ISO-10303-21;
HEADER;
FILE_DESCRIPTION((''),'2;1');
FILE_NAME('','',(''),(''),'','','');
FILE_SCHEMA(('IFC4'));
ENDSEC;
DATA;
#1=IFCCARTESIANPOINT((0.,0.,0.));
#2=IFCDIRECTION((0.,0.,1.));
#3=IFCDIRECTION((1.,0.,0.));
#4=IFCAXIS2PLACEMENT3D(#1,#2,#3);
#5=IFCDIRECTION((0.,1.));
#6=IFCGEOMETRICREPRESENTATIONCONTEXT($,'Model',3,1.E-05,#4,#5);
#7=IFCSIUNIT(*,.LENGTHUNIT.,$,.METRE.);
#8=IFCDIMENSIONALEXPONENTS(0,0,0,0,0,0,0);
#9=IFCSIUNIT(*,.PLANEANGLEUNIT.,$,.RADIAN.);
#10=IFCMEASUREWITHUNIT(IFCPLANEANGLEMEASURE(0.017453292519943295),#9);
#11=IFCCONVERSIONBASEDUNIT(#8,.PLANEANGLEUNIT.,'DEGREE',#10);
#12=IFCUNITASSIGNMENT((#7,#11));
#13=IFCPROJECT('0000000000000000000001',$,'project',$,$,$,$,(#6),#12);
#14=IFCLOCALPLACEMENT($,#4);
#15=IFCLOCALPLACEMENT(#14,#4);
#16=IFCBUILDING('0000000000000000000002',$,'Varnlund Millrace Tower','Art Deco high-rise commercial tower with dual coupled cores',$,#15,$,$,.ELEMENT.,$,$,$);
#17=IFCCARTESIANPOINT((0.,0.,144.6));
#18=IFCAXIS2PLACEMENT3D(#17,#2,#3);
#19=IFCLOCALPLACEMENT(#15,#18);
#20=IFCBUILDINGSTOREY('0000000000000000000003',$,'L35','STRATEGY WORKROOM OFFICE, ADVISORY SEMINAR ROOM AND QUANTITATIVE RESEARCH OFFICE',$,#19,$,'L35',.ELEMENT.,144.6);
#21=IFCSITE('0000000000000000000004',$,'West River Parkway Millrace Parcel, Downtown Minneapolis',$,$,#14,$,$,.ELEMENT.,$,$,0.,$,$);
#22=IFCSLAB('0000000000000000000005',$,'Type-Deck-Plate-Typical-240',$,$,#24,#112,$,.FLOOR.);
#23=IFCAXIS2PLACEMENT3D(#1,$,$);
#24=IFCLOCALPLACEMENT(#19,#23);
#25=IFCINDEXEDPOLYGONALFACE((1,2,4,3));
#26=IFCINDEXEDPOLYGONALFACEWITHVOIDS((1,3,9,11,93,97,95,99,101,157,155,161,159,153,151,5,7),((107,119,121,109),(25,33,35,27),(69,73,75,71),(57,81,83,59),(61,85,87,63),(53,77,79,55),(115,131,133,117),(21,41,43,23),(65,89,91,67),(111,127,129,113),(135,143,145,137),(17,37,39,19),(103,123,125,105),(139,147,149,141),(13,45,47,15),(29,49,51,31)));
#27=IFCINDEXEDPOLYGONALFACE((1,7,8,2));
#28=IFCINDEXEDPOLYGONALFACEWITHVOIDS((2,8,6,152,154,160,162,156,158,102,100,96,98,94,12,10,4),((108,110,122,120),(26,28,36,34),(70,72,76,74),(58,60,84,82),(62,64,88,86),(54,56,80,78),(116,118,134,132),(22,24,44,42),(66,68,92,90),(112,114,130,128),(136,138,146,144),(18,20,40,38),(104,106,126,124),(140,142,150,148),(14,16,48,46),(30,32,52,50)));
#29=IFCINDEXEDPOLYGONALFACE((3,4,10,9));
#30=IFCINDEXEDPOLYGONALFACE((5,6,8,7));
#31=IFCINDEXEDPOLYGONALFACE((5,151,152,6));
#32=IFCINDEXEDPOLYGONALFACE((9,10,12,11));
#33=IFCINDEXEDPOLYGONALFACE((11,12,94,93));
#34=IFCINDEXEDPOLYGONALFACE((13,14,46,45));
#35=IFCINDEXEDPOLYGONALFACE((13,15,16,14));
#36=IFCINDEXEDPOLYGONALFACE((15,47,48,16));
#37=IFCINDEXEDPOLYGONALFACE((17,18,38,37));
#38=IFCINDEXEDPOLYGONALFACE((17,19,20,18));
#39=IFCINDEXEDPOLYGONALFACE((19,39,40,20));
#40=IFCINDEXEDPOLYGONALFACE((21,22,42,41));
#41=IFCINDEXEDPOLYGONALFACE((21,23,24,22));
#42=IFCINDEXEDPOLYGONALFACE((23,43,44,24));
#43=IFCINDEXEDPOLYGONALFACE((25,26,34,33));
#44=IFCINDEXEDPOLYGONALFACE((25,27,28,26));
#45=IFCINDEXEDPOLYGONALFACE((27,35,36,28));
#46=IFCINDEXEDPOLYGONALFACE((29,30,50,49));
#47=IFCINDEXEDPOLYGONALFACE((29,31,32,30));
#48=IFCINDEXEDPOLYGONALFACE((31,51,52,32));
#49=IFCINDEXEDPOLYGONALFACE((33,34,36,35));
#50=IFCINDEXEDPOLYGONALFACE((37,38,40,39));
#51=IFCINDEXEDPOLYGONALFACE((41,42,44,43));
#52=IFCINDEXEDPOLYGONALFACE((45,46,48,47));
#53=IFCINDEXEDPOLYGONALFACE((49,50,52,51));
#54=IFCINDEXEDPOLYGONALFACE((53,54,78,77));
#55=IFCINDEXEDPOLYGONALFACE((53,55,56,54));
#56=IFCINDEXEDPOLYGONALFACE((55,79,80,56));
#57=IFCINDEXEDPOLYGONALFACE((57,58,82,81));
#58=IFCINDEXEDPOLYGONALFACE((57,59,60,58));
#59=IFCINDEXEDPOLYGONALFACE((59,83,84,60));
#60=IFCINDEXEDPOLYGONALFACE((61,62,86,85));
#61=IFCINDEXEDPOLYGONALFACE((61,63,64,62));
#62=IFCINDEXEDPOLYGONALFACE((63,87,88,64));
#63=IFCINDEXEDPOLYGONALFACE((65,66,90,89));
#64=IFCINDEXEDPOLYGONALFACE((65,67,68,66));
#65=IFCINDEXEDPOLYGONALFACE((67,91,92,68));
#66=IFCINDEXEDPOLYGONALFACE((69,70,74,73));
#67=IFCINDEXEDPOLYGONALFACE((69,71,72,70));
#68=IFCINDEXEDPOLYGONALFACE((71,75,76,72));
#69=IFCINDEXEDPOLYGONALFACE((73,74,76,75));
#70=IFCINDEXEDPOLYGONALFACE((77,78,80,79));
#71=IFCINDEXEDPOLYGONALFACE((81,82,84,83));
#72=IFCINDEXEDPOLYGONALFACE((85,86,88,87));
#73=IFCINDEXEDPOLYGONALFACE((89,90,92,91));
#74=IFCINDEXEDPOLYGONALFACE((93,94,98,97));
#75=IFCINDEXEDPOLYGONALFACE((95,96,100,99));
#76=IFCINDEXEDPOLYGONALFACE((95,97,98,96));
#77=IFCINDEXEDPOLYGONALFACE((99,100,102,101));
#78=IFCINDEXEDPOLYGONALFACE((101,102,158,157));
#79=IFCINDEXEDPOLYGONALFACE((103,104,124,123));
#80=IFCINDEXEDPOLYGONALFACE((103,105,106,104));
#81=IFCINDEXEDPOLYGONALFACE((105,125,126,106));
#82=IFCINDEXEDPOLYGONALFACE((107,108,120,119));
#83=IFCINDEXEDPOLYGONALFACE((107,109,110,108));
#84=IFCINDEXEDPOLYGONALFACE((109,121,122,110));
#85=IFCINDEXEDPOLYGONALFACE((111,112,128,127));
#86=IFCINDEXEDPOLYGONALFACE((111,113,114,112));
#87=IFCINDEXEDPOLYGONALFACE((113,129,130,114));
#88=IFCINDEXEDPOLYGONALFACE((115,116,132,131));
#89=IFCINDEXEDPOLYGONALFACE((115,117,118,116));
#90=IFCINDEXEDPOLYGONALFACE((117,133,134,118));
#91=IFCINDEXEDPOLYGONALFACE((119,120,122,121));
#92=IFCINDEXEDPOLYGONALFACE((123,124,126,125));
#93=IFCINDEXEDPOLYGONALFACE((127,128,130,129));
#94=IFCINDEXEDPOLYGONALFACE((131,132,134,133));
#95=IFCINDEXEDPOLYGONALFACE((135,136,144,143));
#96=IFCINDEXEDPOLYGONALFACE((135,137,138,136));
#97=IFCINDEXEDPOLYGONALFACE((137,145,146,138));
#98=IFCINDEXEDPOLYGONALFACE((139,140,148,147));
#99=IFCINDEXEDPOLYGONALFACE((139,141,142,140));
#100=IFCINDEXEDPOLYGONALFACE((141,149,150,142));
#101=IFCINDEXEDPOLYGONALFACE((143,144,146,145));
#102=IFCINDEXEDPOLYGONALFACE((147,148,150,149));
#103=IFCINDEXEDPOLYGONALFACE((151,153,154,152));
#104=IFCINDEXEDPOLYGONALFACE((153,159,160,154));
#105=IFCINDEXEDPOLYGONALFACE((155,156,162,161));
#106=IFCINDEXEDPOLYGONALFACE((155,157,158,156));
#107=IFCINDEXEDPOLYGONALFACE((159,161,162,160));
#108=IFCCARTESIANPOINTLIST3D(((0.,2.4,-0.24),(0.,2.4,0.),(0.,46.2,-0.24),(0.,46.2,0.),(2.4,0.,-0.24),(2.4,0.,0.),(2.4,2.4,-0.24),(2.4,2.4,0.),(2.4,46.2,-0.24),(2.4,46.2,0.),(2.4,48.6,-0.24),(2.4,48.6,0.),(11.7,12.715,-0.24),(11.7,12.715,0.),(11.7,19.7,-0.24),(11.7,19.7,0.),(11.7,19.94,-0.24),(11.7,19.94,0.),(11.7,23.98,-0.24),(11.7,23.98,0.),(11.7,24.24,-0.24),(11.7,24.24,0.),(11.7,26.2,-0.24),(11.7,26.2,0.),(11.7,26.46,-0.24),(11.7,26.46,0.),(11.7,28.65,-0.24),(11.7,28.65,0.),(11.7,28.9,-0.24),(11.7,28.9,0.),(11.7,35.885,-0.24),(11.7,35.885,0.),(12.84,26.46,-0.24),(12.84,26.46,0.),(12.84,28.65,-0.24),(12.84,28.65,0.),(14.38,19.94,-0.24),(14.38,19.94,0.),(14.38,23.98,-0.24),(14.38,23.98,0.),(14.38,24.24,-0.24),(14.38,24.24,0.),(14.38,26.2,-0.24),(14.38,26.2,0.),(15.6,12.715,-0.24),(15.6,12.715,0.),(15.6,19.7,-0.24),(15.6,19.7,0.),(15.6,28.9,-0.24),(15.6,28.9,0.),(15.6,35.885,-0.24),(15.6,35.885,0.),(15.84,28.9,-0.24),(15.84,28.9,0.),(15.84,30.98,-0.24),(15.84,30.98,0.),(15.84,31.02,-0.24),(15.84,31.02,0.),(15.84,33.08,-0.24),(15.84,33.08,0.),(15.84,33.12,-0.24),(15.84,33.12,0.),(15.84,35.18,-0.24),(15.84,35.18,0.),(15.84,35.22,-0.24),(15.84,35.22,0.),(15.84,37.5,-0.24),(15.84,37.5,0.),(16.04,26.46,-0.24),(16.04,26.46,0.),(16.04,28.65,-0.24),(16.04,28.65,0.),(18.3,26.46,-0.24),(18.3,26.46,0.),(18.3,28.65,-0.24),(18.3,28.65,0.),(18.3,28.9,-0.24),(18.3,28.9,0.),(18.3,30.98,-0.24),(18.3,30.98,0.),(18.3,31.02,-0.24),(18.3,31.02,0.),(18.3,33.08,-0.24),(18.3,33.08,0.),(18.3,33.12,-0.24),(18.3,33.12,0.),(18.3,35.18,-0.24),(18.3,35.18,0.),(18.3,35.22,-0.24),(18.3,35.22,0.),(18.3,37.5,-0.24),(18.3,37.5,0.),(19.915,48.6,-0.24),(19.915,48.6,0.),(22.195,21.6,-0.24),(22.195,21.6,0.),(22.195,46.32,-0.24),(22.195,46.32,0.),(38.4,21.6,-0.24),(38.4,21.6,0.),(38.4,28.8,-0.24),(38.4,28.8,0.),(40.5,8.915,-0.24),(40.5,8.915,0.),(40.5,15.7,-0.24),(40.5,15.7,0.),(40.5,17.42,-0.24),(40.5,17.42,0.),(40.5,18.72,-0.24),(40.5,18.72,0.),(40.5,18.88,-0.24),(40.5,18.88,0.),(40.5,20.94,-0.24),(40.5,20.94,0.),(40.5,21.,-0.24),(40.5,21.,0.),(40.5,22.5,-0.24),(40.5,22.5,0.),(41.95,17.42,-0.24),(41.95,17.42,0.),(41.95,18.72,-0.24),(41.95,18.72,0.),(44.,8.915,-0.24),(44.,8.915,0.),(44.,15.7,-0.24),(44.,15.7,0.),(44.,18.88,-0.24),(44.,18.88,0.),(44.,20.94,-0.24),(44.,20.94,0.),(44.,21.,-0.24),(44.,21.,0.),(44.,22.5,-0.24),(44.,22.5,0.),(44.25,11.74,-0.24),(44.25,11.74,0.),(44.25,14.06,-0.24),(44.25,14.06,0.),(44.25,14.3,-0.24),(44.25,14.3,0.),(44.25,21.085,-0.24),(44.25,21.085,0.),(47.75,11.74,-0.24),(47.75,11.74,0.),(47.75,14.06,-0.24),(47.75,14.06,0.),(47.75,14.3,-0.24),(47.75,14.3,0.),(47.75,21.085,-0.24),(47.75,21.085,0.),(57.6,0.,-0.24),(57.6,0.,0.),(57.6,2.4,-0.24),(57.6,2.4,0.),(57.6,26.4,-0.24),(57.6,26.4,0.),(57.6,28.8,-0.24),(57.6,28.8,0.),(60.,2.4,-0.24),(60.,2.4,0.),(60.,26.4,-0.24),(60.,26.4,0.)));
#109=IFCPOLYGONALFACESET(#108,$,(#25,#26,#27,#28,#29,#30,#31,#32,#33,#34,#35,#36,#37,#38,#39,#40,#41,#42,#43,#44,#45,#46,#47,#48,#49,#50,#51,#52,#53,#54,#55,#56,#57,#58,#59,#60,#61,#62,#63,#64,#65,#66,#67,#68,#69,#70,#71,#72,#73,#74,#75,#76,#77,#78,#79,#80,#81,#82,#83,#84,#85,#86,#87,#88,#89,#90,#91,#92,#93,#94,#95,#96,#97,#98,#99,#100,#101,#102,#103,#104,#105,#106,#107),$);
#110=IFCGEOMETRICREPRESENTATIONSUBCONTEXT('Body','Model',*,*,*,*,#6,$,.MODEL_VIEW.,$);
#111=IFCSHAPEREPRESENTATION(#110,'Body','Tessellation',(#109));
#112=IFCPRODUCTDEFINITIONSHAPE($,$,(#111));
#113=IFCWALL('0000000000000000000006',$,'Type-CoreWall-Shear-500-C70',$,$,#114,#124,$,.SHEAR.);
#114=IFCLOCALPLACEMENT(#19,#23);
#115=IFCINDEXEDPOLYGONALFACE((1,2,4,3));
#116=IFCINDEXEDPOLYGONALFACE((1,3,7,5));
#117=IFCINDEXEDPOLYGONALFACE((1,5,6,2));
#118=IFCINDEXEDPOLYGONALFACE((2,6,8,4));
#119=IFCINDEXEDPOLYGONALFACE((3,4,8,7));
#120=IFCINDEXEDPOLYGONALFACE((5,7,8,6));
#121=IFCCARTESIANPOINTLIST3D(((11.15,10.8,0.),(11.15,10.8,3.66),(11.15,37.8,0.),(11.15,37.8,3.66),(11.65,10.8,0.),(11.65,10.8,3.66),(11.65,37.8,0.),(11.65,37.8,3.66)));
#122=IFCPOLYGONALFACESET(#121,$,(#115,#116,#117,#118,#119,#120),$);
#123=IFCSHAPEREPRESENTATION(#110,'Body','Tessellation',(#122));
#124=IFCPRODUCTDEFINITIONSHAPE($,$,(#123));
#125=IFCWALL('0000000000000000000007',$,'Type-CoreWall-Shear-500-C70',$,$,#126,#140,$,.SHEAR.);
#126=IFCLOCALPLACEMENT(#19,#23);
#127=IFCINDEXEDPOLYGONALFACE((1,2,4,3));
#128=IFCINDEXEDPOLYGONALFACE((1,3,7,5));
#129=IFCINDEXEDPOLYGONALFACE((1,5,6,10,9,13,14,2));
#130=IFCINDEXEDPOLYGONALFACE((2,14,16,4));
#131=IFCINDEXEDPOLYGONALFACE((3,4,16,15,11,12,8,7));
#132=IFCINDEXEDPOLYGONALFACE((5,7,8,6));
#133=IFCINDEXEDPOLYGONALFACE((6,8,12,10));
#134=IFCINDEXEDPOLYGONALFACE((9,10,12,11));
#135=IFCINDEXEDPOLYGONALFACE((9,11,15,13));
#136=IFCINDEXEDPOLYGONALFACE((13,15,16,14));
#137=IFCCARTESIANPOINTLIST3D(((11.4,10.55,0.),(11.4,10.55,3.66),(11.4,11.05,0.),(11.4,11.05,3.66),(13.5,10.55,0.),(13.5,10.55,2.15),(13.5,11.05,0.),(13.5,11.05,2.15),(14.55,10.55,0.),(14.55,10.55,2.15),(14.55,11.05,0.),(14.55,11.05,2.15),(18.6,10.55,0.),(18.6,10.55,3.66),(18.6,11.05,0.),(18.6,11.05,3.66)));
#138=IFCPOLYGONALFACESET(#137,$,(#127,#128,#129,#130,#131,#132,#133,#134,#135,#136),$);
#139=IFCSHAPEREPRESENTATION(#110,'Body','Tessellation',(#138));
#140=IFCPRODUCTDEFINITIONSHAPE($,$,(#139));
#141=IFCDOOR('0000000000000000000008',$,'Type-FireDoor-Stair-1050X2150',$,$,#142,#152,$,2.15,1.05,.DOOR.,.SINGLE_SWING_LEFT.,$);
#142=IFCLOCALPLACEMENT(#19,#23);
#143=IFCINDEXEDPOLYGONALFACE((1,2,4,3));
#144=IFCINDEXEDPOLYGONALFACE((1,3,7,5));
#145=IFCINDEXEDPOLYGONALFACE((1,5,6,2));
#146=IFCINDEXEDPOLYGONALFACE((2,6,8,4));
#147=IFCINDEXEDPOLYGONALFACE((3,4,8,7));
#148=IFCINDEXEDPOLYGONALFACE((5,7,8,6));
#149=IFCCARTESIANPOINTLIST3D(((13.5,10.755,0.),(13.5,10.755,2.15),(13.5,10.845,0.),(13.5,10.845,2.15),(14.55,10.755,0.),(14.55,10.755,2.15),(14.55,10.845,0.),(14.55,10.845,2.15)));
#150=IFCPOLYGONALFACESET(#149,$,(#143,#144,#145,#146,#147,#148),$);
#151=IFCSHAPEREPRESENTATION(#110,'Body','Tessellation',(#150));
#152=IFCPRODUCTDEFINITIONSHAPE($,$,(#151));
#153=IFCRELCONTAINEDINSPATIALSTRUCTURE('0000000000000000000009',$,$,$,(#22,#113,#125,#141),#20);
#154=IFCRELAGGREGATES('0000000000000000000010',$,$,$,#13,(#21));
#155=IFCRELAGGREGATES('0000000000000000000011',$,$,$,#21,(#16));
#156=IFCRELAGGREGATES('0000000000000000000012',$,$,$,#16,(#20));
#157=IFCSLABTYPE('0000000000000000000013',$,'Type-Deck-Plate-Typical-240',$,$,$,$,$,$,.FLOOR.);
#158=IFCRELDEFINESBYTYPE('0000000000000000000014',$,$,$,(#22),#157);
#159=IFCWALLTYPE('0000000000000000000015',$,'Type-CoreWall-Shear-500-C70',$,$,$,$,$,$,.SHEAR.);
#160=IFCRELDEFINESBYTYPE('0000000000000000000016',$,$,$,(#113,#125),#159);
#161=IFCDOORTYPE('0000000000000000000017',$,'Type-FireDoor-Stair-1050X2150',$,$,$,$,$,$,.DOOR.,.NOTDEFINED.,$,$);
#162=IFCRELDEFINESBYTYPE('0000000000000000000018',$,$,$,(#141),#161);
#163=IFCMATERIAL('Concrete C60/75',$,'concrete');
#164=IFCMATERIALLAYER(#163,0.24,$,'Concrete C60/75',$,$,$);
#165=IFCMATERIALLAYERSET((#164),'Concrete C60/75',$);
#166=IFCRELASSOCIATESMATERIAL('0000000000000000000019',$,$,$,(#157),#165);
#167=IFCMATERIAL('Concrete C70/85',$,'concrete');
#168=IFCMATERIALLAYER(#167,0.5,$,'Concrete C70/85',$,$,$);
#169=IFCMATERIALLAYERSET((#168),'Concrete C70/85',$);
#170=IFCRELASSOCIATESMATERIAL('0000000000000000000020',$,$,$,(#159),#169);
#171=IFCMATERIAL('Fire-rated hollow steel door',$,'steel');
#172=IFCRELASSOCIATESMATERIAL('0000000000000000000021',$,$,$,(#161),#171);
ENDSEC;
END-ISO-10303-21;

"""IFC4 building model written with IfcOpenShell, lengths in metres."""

from ifc_helpers import new_model, entity, si_unit, converted_unit, direction, frame, origin_with_axes, origin_2d_with_axis, place, context, subcontext, project, spatial, polyline, rectangle, outline, extrude, material, layer, layer_set, type_object, element, fill, save


model = new_model("IFC4")

# Units and contexts
model_context = context("Model", 3, precision=1e-05, world=origin_with_axes(), true_north=direction((0.0, 1.0)))
body_context = subcontext(model_context, "Body", "Model", "MODEL_VIEW")
ifc_project = project(units=[si_unit("LENGTHUNIT", "METRE"), converted_unit("PLANEANGLEUNIT", "DEGREE", entity("IfcPlaneAngleMeasure", 0.017453292519943295), si_unit("PLANEANGLEUNIT", "RADIAN"), dimensions=[0, 0, 0, 0, 0, 0, 0])], contexts=[model_context])

# Site, building, storey
site_placement = place(None, origin_with_axes())
site = spatial("IfcSite", under=ifc_project, at=site_placement, Name="West River Parkway Millrace Parcel, Downtown Minneapolis", CompositionType="ELEMENT", RefElevation=0.0)
building_placement = place(site_placement, origin_with_axes())
building = spatial("IfcBuilding", under=site, at=building_placement, Name="Varnlund Millrace Tower", Description="Art Deco high-rise commercial tower with dual coupled cores", CompositionType="ELEMENT")
storey_placement = place(building_placement, frame((0.0, 0.0, 144.6), z_axis=(0.0, 0.0, 1.0), x_axis=(1.0, 0.0, 0.0)))
storey = spatial("IfcBuildingStorey", under=building, at=storey_placement, Name="L35", Description="STRATEGY WORKROOM OFFICE, ADVISORY SEMINAR ROOM AND QUANTITATIVE RESEARCH OFFICE", LongName="L35", CompositionType="ELEMENT", Elevation=144.6)

# Slab
ifc_material_1 = material(Name="Concrete C60/75", Category="concrete")
ifc_layer_1 = layer(ifc_material_1, 0.24, Name="Concrete C60/75")
ifc_layer_set_1 = layer_set([ifc_layer_1], Name="Concrete C60/75")
slab_type = type_object("IfcSlabType", Name="Type-Deck-Plate-Typical-240", PredefinedType="FLOOR", material=ifc_layer_set_1)
slab_placement = place(storey_placement, frame((0.0, 0.0, -0.24), z_axis=(0.0, 0.0, 1.0), x_axis=(1.0, 0.0, 0.0)))
element("IfcSlab", 1, at=slab_placement, inside=storey, type_object=slab_type, Name="Type-Deck-Plate-Typical-240", PredefinedType="FLOOR", context=body_context, shape_type="SweptSolid", body=[
    extrude(outline(polyline([(22.195, 21.6), (22.195, 46.32), (19.915, 48.6), (2.4, 48.6), (2.4, 46.2), (0.0, 46.2), (0.0, 2.4), (2.4, 2.4), (2.4, 0.0), (57.6, 0.0), (57.6, 2.4), (60.0, 2.4), (60.0, 26.4), (57.6, 26.4), (57.6, 28.8), (38.4, 28.8), (38.4, 21.6), (22.195, 21.6)]), holes=[polyline([(15.6, 12.715), (11.7, 12.715), (11.7, 19.7), (15.6, 19.7), (15.6, 12.715)]), polyline([(14.38, 23.98), (14.38, 19.94), (11.7, 19.94), (11.7, 23.98), (14.38, 23.98)]), polyline([(14.38, 24.24), (11.7, 24.24), (11.7, 26.2), (14.38, 26.2), (14.38, 24.24)]), polyline([(12.84, 26.46), (11.7, 26.46), (11.7, 28.65), (12.84, 28.65), (12.84, 26.46)]), polyline([(18.3, 28.9), (15.84, 28.9), (15.84, 30.98), (18.3, 30.98), (18.3, 28.9)]), polyline([(18.3, 31.02), (15.84, 31.02), (15.84, 33.08), (18.3, 33.08), (18.3, 31.02)]), polyline([(15.6, 28.9), (11.7, 28.9), (11.7, 35.885), (15.6, 35.885), (15.6, 28.9)]), polyline([(18.3, 33.12), (15.84, 33.12), (15.84, 35.18), (18.3, 35.18), (18.3, 33.12)]), polyline([(44.0, 8.915), (40.5, 8.915), (40.5, 15.7), (44.0, 15.7), (44.0, 8.915)]), polyline([(47.75, 11.74), (44.25, 11.74), (44.25, 14.06), (47.75, 14.06), (47.75, 11.74)]), polyline([(47.75, 14.3), (44.25, 14.3), (44.25, 21.085), (47.75, 21.085), (47.75, 14.3)]), polyline([(41.95, 17.42), (40.5, 17.42), (40.5, 18.72), (41.95, 18.72), (41.95, 17.42)]), polyline([(44.0, 18.88), (40.5, 18.88), (40.5, 20.94), (44.0, 20.94), (44.0, 18.88)]), polyline([(44.0, 21.0), (40.5, 21.0), (40.5, 22.5), (44.0, 22.5), (44.0, 21.0)]), polyline([(16.04, 26.46), (16.04, 28.65), (18.3, 28.65), (18.3, 26.46), (16.04, 26.46)]), polyline([(15.84, 35.22), (15.84, 37.5), (18.3, 37.5), (18.3, 35.22), (15.84, 35.22)])]), origin_with_axes(), (0.0, 0.0, 1.0), 0.24),
])

# Wall
ifc_material_2 = material(Name="Concrete C70/85", Category="concrete")
ifc_layer_2 = layer(ifc_material_2, 0.5, Name="Concrete C70/85")
ifc_layer_set_2 = layer_set([ifc_layer_2], Name="Concrete C70/85")
wall_type_1 = type_object("IfcWallType", Name="Type-CoreWall-Shear-500-C70", PredefinedType="SHEAR", material=ifc_layer_set_2)
wall_1_placement = place(storey_placement, frame((11.4, 10.8, 0.0), z_axis=(0.0, 0.0, 1.0), x_axis=(0.0, 1.0, 0.0)))
element("IfcWall", 2, at=wall_1_placement, inside=storey, type_object=wall_type_1, Name="Type-CoreWall-Shear-500-C70", PredefinedType="SHEAR", context=body_context, shape_type="SweptSolid", body=[
    extrude(outline(polyline([(0.0, -0.25), (27.0, -0.25), (27.0, 0.25), (0.0, 0.25), (0.0, -0.25)])), origin_with_axes(), (0.0, 0.0, 1.0), 3.66),
])

# Wall, opening, door
wall_2_placement = place(storey_placement, frame((11.4, 10.8, 0.0), z_axis=(0.0, 0.0, 1.0), x_axis=(1.0, 0.0, 0.0)))
wall_2 = element("IfcWall", 3, at=wall_2_placement, inside=storey, type_object=wall_type_1, Name="Type-CoreWall-Shear-500-C70", PredefinedType="SHEAR", context=body_context, shape_type="SweptSolid", body=[
    extrude(outline(polyline([(0.0, -0.25), (7.2, -0.25), (7.2, 0.25), (0.0, 0.25), (0.0, -0.25)])), origin_with_axes(), (0.0, 0.0, 1.0), 3.66),
])
opening_1_placement = place(wall_2_placement, frame((2.625, 0.0, 0.0), z_axis=(0.0, 0.0, 1.0), x_axis=(1.0, 0.0, 0.0)))
opening_1 = element("IfcOpeningElement", 4, at=opening_1_placement, cuts=wall_2, PredefinedType="OPENING", context=body_context, shape_type="SweptSolid", body=[
    extrude(rectangle(XDim=1.05, YDim=0.52, at=origin_2d_with_axis()), origin_with_axes(), (0.0, 0.0, 1.0), 2.15),
])
ifc_material_3 = material(Name="Fire-rated hollow steel door", Category="steel")
door_type_1 = type_object("IfcDoorType", Name="Type-FireDoor-Stair-1050X2150", OperationType="NOTDEFINED", PredefinedType="DOOR", material=ifc_material_3)
door_1_placement = place(wall_2_placement, frame((2.625, 0.0, 0.0), z_axis=(0.0, 0.0, 1.0), x_axis=(1.0, 0.0, 0.0)))
door_1 = element("IfcDoor", 5, at=door_1_placement, inside=storey, type_object=door_type_1, Name="Type-FireDoor-Stair-1050X2150", OperationType="SINGLE_SWING_LEFT", OverallHeight=2.15, OverallWidth=1.05, PredefinedType="DOOR", context=body_context, shape_type="SweptSolid", body=[
    extrude(rectangle(XDim=1.05, YDim=0.09, at=origin_2d_with_axis()), origin_with_axes(), (0.0, 0.0, 1.0), 2.15),
])
fill(opening_1, door_1)

save(model, "model.ifc")
